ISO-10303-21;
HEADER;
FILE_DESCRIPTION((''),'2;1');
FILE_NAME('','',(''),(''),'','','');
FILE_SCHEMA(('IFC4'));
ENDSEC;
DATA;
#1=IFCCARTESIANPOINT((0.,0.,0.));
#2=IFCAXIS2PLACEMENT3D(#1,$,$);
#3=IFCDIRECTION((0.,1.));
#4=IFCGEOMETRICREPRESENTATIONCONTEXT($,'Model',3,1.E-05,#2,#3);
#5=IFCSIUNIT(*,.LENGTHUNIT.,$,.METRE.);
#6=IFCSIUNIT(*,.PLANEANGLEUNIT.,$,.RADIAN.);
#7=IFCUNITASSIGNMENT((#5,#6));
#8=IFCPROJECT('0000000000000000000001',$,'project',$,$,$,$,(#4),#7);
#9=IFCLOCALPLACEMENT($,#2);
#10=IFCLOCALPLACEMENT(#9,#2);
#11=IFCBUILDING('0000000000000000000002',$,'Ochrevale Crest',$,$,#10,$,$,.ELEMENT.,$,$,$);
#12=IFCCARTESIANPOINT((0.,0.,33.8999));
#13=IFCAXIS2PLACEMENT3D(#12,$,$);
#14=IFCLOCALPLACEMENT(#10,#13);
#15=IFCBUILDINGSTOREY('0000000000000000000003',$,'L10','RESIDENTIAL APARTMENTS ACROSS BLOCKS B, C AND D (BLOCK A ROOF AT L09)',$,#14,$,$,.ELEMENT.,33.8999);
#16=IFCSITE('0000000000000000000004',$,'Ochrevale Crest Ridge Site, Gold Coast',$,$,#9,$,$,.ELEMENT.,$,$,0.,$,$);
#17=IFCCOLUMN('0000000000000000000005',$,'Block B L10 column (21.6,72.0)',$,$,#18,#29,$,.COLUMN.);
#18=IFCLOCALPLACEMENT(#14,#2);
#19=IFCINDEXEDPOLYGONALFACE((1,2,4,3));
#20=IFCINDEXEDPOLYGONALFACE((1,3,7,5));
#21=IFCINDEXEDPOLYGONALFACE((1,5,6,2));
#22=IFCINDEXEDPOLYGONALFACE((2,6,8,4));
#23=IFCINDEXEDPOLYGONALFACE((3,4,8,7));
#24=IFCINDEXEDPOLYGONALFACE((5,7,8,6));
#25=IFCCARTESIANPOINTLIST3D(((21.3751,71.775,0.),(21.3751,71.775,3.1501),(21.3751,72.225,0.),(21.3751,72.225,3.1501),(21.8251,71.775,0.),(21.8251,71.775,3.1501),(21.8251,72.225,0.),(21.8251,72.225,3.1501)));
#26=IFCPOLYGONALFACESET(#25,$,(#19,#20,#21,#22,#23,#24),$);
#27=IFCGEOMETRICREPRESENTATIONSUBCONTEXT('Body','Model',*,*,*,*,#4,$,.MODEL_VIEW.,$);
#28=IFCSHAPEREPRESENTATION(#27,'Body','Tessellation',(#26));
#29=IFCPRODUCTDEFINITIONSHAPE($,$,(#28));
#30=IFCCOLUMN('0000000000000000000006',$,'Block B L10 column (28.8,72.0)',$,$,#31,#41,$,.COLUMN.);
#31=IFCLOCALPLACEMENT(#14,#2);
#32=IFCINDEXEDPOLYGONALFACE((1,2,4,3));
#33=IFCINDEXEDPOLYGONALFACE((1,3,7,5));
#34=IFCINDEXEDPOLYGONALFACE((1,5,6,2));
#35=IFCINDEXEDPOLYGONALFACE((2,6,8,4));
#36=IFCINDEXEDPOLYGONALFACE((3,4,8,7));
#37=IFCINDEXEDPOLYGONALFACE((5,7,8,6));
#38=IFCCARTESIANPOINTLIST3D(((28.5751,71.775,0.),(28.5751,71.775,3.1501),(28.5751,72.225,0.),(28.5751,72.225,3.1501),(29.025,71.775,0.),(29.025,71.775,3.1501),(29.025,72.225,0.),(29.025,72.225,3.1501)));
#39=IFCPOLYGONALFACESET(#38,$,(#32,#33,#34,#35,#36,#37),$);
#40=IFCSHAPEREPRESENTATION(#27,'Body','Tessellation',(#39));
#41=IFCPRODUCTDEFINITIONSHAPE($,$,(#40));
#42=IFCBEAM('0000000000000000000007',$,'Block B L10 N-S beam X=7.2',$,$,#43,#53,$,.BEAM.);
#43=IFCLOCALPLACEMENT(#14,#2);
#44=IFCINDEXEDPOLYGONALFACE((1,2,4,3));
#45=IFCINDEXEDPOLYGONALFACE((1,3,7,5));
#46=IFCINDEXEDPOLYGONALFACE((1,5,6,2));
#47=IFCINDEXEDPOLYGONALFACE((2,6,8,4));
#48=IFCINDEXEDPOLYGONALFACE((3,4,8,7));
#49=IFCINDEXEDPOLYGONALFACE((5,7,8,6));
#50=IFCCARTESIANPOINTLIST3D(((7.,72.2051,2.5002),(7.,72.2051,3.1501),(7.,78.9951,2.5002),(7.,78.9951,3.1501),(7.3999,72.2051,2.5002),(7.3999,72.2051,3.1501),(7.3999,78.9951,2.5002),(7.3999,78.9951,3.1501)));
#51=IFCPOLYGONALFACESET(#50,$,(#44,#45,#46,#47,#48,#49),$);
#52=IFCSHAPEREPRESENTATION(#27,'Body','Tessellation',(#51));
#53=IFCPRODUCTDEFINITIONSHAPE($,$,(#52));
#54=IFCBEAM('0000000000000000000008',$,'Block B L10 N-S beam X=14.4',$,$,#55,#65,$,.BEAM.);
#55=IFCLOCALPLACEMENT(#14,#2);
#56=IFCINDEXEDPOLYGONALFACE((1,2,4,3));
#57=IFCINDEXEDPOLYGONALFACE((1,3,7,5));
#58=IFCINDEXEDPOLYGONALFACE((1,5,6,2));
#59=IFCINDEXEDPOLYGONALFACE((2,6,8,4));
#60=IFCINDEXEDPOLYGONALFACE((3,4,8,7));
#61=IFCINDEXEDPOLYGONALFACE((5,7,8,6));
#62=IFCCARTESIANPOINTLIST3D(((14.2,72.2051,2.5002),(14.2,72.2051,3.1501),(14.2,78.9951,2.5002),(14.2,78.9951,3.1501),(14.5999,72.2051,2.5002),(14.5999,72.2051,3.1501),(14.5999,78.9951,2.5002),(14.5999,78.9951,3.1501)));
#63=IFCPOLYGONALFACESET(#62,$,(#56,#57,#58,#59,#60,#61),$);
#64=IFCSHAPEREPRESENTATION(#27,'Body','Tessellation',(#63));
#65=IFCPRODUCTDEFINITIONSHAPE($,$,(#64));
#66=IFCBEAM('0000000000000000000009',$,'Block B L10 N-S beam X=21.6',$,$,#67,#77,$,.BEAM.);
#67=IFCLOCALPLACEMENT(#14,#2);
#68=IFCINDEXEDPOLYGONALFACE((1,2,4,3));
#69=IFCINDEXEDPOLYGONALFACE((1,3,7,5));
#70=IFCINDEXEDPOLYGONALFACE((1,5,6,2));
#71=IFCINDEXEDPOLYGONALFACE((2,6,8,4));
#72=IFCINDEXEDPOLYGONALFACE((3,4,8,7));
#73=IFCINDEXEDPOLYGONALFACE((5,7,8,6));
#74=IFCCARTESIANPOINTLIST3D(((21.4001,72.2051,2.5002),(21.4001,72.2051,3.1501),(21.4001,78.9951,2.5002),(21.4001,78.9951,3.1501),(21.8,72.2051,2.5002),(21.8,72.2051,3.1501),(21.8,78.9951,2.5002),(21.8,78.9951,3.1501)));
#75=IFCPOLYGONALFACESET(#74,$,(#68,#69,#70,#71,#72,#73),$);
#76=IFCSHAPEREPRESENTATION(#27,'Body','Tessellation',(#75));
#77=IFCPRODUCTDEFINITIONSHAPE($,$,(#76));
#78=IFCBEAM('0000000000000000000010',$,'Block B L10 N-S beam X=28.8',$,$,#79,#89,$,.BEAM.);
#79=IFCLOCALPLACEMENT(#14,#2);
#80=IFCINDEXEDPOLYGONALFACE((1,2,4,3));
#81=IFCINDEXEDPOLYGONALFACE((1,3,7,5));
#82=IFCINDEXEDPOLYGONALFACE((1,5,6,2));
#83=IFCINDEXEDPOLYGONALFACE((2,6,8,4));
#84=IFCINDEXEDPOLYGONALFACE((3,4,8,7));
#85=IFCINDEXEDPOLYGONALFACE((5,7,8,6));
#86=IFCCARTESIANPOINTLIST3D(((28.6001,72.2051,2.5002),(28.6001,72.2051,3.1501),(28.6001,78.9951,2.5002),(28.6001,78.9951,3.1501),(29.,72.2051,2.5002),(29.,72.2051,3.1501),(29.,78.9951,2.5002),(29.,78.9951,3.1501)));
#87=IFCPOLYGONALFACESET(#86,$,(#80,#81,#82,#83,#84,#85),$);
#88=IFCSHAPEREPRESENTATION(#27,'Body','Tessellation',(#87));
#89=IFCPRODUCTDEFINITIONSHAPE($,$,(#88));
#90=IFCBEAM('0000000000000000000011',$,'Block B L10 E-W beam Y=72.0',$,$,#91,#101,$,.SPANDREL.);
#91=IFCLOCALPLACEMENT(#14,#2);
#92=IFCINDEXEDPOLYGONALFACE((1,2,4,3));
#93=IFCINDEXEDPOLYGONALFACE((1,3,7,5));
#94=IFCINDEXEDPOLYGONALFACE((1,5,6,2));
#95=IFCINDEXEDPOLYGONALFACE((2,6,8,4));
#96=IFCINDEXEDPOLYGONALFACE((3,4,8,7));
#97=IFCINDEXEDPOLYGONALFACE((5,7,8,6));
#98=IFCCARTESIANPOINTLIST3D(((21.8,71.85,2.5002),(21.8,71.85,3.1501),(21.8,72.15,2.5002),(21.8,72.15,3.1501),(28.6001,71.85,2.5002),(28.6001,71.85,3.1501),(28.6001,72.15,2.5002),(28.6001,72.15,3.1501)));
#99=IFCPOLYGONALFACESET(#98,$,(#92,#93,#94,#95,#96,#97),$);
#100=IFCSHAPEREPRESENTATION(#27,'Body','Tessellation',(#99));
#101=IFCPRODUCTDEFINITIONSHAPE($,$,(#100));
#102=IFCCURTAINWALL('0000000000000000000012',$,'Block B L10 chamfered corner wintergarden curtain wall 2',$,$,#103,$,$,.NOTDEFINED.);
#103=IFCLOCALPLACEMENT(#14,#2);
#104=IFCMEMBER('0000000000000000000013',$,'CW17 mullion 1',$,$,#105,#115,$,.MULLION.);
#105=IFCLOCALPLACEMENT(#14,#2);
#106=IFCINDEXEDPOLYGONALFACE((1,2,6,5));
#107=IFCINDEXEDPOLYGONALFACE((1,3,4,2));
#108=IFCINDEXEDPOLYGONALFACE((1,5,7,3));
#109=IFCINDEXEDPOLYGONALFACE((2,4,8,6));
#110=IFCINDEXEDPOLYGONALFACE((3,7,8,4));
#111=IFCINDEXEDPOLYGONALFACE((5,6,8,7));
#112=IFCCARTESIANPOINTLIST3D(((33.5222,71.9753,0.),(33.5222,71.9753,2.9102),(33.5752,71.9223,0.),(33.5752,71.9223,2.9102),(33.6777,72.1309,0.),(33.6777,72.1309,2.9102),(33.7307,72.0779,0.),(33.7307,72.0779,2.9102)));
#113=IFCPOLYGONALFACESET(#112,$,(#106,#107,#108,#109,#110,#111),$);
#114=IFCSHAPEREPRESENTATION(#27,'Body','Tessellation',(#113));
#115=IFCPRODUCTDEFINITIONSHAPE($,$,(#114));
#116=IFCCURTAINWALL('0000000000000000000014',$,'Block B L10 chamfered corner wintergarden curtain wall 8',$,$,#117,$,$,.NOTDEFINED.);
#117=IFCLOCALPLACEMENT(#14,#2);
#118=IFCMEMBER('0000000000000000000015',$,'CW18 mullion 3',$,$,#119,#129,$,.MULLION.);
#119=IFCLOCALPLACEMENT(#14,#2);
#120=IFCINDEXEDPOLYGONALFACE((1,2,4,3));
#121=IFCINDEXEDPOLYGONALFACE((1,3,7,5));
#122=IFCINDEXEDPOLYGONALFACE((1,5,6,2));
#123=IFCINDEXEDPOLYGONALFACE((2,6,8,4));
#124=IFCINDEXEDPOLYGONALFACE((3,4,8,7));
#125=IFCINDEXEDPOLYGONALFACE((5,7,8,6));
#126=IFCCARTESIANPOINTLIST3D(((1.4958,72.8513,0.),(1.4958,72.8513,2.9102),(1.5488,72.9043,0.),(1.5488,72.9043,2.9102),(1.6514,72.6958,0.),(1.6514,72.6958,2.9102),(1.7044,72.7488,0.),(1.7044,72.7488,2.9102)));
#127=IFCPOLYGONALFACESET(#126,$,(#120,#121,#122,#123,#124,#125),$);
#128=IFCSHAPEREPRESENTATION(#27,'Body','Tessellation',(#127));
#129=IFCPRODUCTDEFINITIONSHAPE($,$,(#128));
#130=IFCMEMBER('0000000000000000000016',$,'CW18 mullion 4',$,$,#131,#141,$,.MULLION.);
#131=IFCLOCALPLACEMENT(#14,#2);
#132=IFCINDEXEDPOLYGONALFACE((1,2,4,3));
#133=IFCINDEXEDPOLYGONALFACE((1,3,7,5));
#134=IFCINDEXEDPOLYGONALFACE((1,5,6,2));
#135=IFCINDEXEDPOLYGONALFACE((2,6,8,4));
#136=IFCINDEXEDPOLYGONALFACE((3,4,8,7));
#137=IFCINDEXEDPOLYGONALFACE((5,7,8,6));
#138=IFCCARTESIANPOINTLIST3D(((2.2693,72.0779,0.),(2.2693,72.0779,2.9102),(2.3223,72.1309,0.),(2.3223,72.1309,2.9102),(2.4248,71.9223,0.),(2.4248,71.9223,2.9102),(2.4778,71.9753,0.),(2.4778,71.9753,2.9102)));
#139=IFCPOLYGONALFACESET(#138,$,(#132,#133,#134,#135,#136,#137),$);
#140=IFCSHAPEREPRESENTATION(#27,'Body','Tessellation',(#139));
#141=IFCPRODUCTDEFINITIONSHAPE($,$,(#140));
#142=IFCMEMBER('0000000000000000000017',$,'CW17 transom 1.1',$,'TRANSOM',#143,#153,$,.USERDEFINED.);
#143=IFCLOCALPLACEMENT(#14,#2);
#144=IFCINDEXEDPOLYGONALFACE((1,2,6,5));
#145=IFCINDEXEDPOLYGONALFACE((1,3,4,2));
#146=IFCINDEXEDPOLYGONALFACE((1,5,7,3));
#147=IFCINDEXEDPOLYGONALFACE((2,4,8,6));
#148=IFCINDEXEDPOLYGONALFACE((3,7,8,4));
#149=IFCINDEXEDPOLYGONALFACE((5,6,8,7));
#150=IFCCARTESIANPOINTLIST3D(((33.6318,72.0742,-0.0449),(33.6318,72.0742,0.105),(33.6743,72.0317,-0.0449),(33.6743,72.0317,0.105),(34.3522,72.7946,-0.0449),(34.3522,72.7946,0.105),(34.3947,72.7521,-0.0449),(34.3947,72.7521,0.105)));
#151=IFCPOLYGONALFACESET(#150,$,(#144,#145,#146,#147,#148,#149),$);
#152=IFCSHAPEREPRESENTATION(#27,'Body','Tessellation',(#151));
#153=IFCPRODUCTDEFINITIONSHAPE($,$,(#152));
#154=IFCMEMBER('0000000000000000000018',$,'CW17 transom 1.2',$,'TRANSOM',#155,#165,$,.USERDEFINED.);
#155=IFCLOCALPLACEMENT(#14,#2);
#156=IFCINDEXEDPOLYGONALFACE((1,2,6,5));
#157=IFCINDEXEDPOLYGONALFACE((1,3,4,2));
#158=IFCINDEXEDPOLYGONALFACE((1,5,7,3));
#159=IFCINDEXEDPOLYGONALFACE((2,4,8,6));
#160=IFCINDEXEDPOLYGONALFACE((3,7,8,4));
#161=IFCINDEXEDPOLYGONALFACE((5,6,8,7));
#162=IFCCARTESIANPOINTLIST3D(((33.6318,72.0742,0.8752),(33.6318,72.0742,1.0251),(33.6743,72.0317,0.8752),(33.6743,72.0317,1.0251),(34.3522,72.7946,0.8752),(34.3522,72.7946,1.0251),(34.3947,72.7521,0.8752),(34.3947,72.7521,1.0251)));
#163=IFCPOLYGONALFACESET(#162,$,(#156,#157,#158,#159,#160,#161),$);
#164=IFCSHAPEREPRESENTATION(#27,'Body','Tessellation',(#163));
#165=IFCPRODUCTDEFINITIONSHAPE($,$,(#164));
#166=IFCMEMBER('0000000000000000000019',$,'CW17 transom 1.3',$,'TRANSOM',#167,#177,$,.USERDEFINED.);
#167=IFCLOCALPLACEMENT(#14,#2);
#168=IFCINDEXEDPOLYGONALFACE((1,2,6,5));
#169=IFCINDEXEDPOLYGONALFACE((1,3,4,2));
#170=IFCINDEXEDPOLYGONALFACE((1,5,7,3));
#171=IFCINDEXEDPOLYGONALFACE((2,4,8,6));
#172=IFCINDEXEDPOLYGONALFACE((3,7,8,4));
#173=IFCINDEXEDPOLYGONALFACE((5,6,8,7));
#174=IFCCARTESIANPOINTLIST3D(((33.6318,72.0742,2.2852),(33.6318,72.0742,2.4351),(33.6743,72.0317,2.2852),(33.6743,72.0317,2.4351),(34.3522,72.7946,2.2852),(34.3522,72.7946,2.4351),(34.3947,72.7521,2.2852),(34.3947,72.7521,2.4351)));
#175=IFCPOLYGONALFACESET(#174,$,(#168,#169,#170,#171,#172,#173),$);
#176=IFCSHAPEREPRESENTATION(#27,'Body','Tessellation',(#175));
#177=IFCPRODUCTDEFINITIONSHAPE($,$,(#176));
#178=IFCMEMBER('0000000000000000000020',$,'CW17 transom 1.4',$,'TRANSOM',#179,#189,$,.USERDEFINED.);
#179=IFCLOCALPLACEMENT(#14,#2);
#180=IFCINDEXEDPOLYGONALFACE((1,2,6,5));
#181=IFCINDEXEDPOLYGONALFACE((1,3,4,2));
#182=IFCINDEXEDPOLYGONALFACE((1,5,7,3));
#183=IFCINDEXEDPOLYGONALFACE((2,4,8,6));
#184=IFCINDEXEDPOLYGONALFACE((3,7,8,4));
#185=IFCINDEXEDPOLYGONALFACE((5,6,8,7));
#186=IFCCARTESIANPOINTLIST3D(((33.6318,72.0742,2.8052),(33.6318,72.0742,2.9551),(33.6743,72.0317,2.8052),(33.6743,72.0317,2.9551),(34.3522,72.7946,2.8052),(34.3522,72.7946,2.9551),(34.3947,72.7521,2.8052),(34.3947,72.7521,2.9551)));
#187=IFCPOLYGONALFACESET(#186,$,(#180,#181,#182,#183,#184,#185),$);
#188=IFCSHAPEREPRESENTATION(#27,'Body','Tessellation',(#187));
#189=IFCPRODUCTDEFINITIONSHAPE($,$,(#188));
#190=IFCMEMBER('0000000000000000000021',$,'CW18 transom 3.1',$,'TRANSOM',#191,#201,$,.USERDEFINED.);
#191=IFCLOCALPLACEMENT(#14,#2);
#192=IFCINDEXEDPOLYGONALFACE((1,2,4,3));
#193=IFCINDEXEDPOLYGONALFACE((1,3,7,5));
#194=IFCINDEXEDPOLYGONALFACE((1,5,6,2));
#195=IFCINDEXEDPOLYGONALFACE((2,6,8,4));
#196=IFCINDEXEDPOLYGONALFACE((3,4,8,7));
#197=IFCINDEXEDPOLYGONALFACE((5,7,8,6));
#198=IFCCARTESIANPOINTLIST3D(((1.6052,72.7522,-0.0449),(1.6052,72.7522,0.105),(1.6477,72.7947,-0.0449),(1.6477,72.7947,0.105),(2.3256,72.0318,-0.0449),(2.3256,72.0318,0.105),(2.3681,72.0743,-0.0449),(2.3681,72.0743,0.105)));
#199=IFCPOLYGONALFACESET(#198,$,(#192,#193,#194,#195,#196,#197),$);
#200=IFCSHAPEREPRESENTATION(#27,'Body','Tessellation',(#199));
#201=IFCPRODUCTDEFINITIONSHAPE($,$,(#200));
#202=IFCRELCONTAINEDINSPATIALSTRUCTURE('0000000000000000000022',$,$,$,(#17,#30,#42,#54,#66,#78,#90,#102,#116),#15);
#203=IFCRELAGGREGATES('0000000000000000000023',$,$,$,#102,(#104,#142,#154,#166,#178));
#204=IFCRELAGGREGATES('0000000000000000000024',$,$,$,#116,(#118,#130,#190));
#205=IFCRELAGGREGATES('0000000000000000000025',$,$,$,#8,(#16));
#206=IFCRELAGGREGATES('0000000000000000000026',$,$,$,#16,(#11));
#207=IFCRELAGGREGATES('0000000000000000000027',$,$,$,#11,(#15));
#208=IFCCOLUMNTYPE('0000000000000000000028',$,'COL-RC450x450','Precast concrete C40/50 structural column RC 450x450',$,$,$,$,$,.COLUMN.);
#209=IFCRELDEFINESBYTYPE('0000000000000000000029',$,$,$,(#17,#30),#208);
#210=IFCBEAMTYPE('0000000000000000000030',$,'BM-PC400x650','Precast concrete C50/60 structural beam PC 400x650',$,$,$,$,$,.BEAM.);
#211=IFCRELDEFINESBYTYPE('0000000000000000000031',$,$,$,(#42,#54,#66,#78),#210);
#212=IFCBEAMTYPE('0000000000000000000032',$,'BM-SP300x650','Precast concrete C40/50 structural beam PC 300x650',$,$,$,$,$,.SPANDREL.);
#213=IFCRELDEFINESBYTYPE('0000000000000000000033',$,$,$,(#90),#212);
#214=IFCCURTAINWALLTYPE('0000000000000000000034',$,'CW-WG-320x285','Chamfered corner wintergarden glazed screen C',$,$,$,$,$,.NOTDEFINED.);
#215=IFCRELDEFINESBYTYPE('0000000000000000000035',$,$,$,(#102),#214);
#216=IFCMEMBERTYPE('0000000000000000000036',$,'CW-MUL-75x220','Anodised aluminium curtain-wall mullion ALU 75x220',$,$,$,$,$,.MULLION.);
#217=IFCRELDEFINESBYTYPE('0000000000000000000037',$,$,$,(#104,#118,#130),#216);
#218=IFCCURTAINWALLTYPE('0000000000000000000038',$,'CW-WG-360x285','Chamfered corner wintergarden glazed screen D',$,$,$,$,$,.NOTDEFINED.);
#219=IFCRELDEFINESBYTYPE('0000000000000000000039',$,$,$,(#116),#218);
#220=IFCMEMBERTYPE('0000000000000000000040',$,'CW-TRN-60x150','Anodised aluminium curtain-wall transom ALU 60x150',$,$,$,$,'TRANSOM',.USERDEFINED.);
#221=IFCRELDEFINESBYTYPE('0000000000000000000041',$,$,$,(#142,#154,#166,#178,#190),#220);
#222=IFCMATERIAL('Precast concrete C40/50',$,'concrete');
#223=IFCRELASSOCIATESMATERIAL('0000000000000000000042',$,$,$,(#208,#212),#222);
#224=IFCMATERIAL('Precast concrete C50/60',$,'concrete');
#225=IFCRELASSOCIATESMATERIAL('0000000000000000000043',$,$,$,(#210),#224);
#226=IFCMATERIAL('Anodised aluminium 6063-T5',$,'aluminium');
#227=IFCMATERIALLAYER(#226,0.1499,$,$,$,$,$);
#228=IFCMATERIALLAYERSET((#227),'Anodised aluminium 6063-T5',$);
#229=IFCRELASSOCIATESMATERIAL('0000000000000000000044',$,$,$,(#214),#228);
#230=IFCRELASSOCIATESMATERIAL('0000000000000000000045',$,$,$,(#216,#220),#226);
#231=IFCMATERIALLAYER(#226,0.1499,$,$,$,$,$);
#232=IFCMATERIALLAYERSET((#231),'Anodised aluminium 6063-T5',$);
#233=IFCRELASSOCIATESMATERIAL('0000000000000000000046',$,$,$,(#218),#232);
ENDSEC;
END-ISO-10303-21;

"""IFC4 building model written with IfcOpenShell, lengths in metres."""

from ifc_helpers import new_model, si_unit, direction, frame, origin, origin_2d, place, context, subcontext, project, spatial, rectangle, extrude, material, layer, layer_set, material_profile, profile_set, type_object, element, aggregate, save


model = new_model("IFC4")

# Units and contexts
model_context = context("Model", 3, precision=1e-05, world=origin(), true_north=direction((0.0, 1.0)))
body_context = subcontext(model_context, "Body", "Model", "MODEL_VIEW")
ifc_project = project(units=[si_unit("LENGTHUNIT", "METRE"), si_unit("PLANEANGLEUNIT", "RADIAN")], contexts=[model_context])

# Site, building, storey
site_placement = place(None, origin())
site = spatial("IfcSite", under=ifc_project, at=site_placement, Name="Ochrevale Crest Ridge Site, Gold Coast", CompositionType="ELEMENT", RefElevation=0.0)
building_placement = place(site_placement, origin())
building = spatial("IfcBuilding", under=site, at=building_placement, Name="Ochrevale Crest", CompositionType="ELEMENT")
storey_placement = place(building_placement, frame((0.0, 0.0, 33.8999)))
storey = spatial("IfcBuildingStorey", under=building, at=storey_placement, Name="L10", Description="RESIDENTIAL APARTMENTS ACROSS BLOCKS B, C AND D (BLOCK A ROOF AT L09)", CompositionType="ELEMENT", Elevation=33.8999)

# Columns
ifc_material_1 = material(Name="Precast concrete C40/50", Category="concrete")
ifc_material_profile_1 = material_profile(ifc_material_1, rectangle(XDim=0.45, YDim=0.45, at=origin_2d()), Name="RC 450x450")
ifc_profile_set_1 = profile_set([ifc_material_profile_1], Name="Precast concrete C40/50")
column_type = type_object("IfcColumnType", Name="COL-RC450x450", Description="Precast concrete C40/50 structural column RC 450x450", PredefinedType="COLUMN", material=ifc_profile_set_1)
for number, where, z_axis, x_axis, name in (
    (1, (21.6001, 72.0, 0.0), (0.0, 0.0, 1.0), (1.0, 0.0, 0.0), "Block B L10 column (21.6,72.0)"),
    (2, (28.8, 72.0, 0.0), (0.0, 0.0, 1.0), (1.0, 0.0, 0.0), "Block B L10 column (28.8,72.0)"),
):
    element("IfcColumn", number, at=place(storey_placement, frame(where, z_axis=z_axis, x_axis=x_axis)), inside=storey, type_object=column_type, Name=name, PredefinedType="COLUMN", context=body_context, shape_type="SweptSolid", body=[
        extrude(rectangle(XDim=0.45, YDim=0.45, at=origin_2d()), origin(), (0.0, 0.0, 1.0), 3.1501),
    ])

# Beams
ifc_material_2 = material(Name="Precast concrete C50/60", Category="concrete")
ifc_material_profile_2 = material_profile(ifc_material_2, rectangle(XDim=0.3999, YDim=0.6499, at=origin_2d()), Name="PC 400x650")
ifc_profile_set_2 = profile_set([ifc_material_profile_2], Name="Precast concrete C50/60")
beam_type_1 = type_object("IfcBeamType", Name="BM-PC400x650", Description="Precast concrete C50/60 structural beam PC 400x650", PredefinedType="BEAM", material=ifc_profile_set_2)
for number, where, z_axis, x_axis, name in (
    (3, (7.2, 72.2051, 2.8252), (0.0, 1.0, 0.0), (-1.0, 0.0, 0.0), "Block B L10 N-S beam X=7.2"),
    (4, (14.3999, 72.2051, 2.8252), (0.0, 1.0, 0.0), (-1.0, 0.0, 0.0), "Block B L10 N-S beam X=14.4"),
    (5, (21.6001, 72.2051, 2.8252), (0.0, 1.0, 0.0), (-1.0, 0.0, 0.0), "Block B L10 N-S beam X=21.6"),
    (6, (28.8, 72.2051, 2.8252), (0.0, 1.0, 0.0), (-1.0, 0.0, 0.0), "Block B L10 N-S beam X=28.8"),
):
    element("IfcBeam", number, at=place(storey_placement, frame(where, z_axis=z_axis, x_axis=x_axis)), inside=storey, type_object=beam_type_1, Name=name, PredefinedType="BEAM", context=body_context, shape_type="SweptSolid", body=[
        extrude(rectangle(XDim=0.3999, YDim=0.6499, at=origin_2d()), origin(), (0.0, 0.0, 1.0), 6.79),
    ])
ifc_material_profile_3 = material_profile(ifc_material_1, rectangle(XDim=0.3, YDim=0.6499, at=origin_2d()), Name="PC 300x650")
ifc_profile_set_3 = profile_set([ifc_material_profile_3], Name="Precast concrete C40/50")
beam_type_2 = type_object("IfcBeamType", Name="BM-SP300x650", Description="Precast concrete C40/50 structural beam PC 300x650", PredefinedType="SPANDREL", material=ifc_profile_set_3)
beam_placement = place(storey_placement, frame((21.8, 72.0, 2.8252), z_axis=(1.0, 0.0, 0.0), x_axis=(0.0, 1.0, 0.0)))
element("IfcBeam", 7, at=beam_placement, inside=storey, type_object=beam_type_2, Name="Block B L10 E-W beam Y=72.0", PredefinedType="SPANDREL", context=body_context, shape_type="SweptSolid", body=[
    extrude(rectangle(XDim=0.3, YDim=0.6499, at=origin_2d()), origin(), (0.0, 0.0, 1.0), 6.8),
])

# Curtain wall, member
ifc_material_3 = material(Name="Anodised aluminium 6063-T5", Category="aluminium")
ifc_layer_1 = layer(ifc_material_3, 0.1499)
ifc_layer_set_1 = layer_set([ifc_layer_1], Name="Anodised aluminium 6063-T5")
curtain_wall_type_1 = type_object("IfcCurtainWallType", Name="CW-WG-320x285", Description="Chamfered corner wintergarden glazed screen C", PredefinedType="NOTDEFINED", material=ifc_layer_set_1)
curtain_wall_1_placement = place(storey_placement, origin())
curtain_wall_1 = element("IfcCurtainWall", 8, at=curtain_wall_1_placement, inside=storey, type_object=curtain_wall_type_1, Name="Block B L10 chamfered corner wintergarden curtain wall 2", PredefinedType="NOTDEFINED")
ifc_material_profile_4 = material_profile(ifc_material_3, rectangle(XDim=0.075, YDim=0.22, at=origin_2d()), Name="ALU 75x220")
ifc_profile_set_4 = profile_set([ifc_material_profile_4], Name="Anodised aluminium 6063-T5")
member_type_1 = type_object("IfcMemberType", Name="CW-MUL-75x220", Description="Anodised aluminium curtain-wall mullion ALU 75x220", PredefinedType="MULLION", material=ifc_profile_set_4)
member_1_placement = place(storey_placement, frame((33.6265, 72.0266, 0.0), z_axis=(0.0, 0.0, 1.0), x_axis=(-0.707107, 0.707107, 0.0)))
member_1 = element("IfcMember", 9, at=member_1_placement, type_object=member_type_1, Name="CW17 mullion 1", PredefinedType="MULLION", context=body_context, shape_type="SweptSolid", body=[
    extrude(rectangle(XDim=0.075, YDim=0.22, at=origin_2d()), origin(), (0.0, 0.0, 1.0), 2.9102),
])

# Curtain wall, members
ifc_layer_2 = layer(ifc_material_3, 0.1499)
ifc_layer_set_2 = layer_set([ifc_layer_2], Name="Anodised aluminium 6063-T5")
curtain_wall_type_2 = type_object("IfcCurtainWallType", Name="CW-WG-360x285", Description="Chamfered corner wintergarden glazed screen D", PredefinedType="NOTDEFINED", material=ifc_layer_set_2)
curtain_wall_2_placement = place(storey_placement, origin())
curtain_wall_2 = element("IfcCurtainWall", 10, at=curtain_wall_2_placement, inside=storey, type_object=curtain_wall_type_2, Name="Block B L10 chamfered corner wintergarden curtain wall 8", PredefinedType="NOTDEFINED")
member_2_placement = place(storey_placement, frame((1.6001, 72.8, 0.0), z_axis=(0.0, 0.0, 1.0), x_axis=(0.707107, 0.707107, 0.0)))
member_2 = element("IfcMember", 11, at=member_2_placement, type_object=member_type_1, Name="CW18 mullion 3", PredefinedType="MULLION", context=body_context, shape_type="SweptSolid", body=[
    extrude(rectangle(XDim=0.075, YDim=0.22, at=origin_2d()), origin(), (0.0, 0.0, 1.0), 2.9102),
])
member_3_placement = place(storey_placement, frame((2.3735, 72.0266, 0.0), z_axis=(0.0, 0.0, 1.0), x_axis=(0.707107, 0.707107, 0.0)))
member_3 = element("IfcMember", 12, at=member_3_placement, type_object=member_type_1, Name="CW18 mullion 4", PredefinedType="MULLION", context=body_context, shape_type="SweptSolid", body=[
    extrude(rectangle(XDim=0.075, YDim=0.22, at=origin_2d()), origin(), (0.0, 0.0, 1.0), 2.9102),
])

# Members
ifc_material_profile_5 = material_profile(ifc_material_3, rectangle(XDim=0.0601, YDim=0.1499, at=origin_2d()), Name="ALU 60x150")
ifc_profile_set_5 = profile_set([ifc_material_profile_5], Name="Anodised aluminium 6063-T5")
member_type_2 = type_object("IfcMemberType", Name="CW-TRN-60x150", Description="Anodised aluminium curtain-wall transom ALU 60x150", ElementType="TRANSOM", PredefinedType="USERDEFINED", material=ifc_profile_set_5)
member_4_placement = place(storey_placement, frame((33.6531, 72.053, 0.03), z_axis=(0.707107, 0.707107, 0.0), x_axis=(-0.707107, 0.707107, 0.0)))
member_4 = element("IfcMember", 13, at=member_4_placement, type_object=member_type_2, Name="CW17 transom 1.1", ObjectType="TRANSOM", PredefinedType="USERDEFINED", context=body_context, shape_type="SweptSolid", body=[
    extrude(rectangle(XDim=0.0601, YDim=0.1499, at=origin_2d()), origin(), (0.0, 0.0, 1.0), 1.0188),
])
member_5_placement = place(storey_placement, frame((33.6531, 72.053, 0.9502), z_axis=(0.707107, 0.707107, 0.0), x_axis=(-0.707107, 0.707107, 0.0)))
member_5 = element("IfcMember", 14, at=member_5_placement, type_object=member_type_2, Name="CW17 transom 1.2", ObjectType="TRANSOM", PredefinedType="USERDEFINED", context=body_context, shape_type="SweptSolid", body=[
    extrude(rectangle(XDim=0.0601, YDim=0.1499, at=origin_2d()), origin(), (0.0, 0.0, 1.0), 1.0188),
])
member_6_placement = place(storey_placement, frame((33.6531, 72.053, 2.3601), z_axis=(0.707107, 0.707107, 0.0), x_axis=(-0.707107, 0.707107, 0.0)))
member_6 = element("IfcMember", 15, at=member_6_placement, type_object=member_type_2, Name="CW17 transom 1.3", ObjectType="TRANSOM", PredefinedType="USERDEFINED", context=body_context, shape_type="SweptSolid", body=[
    extrude(rectangle(XDim=0.0601, YDim=0.1499, at=origin_2d()), origin(), (0.0, 0.0, 1.0), 1.0188),
])
member_7_placement = place(storey_placement, frame((33.6531, 72.053, 2.8801), z_axis=(0.707107, 0.707107, 0.0), x_axis=(-0.707107, 0.707107, 0.0)))
member_7 = element("IfcMember", 16, at=member_7_placement, type_object=member_type_2, Name="CW17 transom 1.4", ObjectType="TRANSOM", PredefinedType="USERDEFINED", context=body_context, shape_type="SweptSolid", body=[
    extrude(rectangle(XDim=0.0601, YDim=0.1499, at=origin_2d()), origin(), (0.0, 0.0, 1.0), 1.0188),
])
member_8_placement = place(storey_placement, frame((1.6265, 72.7734, 0.03), z_axis=(0.707107, -0.707107, 0.0), x_axis=(0.707107, 0.707107, 0.0)))
member_8 = element("IfcMember", 17, at=member_8_placement, type_object=member_type_2, Name="CW18 transom 3.1", ObjectType="TRANSOM", PredefinedType="USERDEFINED", context=body_context, shape_type="SweptSolid", body=[
    extrude(rectangle(XDim=0.0601, YDim=0.1499, at=origin_2d()), origin(), (0.0, 0.0, 1.0), 1.0188),
])

aggregate(curtain_wall_1, [member_1, member_4, member_5, member_6, member_7])
aggregate(curtain_wall_2, [member_2, member_3, member_8])

save(model, "model.ifc")
